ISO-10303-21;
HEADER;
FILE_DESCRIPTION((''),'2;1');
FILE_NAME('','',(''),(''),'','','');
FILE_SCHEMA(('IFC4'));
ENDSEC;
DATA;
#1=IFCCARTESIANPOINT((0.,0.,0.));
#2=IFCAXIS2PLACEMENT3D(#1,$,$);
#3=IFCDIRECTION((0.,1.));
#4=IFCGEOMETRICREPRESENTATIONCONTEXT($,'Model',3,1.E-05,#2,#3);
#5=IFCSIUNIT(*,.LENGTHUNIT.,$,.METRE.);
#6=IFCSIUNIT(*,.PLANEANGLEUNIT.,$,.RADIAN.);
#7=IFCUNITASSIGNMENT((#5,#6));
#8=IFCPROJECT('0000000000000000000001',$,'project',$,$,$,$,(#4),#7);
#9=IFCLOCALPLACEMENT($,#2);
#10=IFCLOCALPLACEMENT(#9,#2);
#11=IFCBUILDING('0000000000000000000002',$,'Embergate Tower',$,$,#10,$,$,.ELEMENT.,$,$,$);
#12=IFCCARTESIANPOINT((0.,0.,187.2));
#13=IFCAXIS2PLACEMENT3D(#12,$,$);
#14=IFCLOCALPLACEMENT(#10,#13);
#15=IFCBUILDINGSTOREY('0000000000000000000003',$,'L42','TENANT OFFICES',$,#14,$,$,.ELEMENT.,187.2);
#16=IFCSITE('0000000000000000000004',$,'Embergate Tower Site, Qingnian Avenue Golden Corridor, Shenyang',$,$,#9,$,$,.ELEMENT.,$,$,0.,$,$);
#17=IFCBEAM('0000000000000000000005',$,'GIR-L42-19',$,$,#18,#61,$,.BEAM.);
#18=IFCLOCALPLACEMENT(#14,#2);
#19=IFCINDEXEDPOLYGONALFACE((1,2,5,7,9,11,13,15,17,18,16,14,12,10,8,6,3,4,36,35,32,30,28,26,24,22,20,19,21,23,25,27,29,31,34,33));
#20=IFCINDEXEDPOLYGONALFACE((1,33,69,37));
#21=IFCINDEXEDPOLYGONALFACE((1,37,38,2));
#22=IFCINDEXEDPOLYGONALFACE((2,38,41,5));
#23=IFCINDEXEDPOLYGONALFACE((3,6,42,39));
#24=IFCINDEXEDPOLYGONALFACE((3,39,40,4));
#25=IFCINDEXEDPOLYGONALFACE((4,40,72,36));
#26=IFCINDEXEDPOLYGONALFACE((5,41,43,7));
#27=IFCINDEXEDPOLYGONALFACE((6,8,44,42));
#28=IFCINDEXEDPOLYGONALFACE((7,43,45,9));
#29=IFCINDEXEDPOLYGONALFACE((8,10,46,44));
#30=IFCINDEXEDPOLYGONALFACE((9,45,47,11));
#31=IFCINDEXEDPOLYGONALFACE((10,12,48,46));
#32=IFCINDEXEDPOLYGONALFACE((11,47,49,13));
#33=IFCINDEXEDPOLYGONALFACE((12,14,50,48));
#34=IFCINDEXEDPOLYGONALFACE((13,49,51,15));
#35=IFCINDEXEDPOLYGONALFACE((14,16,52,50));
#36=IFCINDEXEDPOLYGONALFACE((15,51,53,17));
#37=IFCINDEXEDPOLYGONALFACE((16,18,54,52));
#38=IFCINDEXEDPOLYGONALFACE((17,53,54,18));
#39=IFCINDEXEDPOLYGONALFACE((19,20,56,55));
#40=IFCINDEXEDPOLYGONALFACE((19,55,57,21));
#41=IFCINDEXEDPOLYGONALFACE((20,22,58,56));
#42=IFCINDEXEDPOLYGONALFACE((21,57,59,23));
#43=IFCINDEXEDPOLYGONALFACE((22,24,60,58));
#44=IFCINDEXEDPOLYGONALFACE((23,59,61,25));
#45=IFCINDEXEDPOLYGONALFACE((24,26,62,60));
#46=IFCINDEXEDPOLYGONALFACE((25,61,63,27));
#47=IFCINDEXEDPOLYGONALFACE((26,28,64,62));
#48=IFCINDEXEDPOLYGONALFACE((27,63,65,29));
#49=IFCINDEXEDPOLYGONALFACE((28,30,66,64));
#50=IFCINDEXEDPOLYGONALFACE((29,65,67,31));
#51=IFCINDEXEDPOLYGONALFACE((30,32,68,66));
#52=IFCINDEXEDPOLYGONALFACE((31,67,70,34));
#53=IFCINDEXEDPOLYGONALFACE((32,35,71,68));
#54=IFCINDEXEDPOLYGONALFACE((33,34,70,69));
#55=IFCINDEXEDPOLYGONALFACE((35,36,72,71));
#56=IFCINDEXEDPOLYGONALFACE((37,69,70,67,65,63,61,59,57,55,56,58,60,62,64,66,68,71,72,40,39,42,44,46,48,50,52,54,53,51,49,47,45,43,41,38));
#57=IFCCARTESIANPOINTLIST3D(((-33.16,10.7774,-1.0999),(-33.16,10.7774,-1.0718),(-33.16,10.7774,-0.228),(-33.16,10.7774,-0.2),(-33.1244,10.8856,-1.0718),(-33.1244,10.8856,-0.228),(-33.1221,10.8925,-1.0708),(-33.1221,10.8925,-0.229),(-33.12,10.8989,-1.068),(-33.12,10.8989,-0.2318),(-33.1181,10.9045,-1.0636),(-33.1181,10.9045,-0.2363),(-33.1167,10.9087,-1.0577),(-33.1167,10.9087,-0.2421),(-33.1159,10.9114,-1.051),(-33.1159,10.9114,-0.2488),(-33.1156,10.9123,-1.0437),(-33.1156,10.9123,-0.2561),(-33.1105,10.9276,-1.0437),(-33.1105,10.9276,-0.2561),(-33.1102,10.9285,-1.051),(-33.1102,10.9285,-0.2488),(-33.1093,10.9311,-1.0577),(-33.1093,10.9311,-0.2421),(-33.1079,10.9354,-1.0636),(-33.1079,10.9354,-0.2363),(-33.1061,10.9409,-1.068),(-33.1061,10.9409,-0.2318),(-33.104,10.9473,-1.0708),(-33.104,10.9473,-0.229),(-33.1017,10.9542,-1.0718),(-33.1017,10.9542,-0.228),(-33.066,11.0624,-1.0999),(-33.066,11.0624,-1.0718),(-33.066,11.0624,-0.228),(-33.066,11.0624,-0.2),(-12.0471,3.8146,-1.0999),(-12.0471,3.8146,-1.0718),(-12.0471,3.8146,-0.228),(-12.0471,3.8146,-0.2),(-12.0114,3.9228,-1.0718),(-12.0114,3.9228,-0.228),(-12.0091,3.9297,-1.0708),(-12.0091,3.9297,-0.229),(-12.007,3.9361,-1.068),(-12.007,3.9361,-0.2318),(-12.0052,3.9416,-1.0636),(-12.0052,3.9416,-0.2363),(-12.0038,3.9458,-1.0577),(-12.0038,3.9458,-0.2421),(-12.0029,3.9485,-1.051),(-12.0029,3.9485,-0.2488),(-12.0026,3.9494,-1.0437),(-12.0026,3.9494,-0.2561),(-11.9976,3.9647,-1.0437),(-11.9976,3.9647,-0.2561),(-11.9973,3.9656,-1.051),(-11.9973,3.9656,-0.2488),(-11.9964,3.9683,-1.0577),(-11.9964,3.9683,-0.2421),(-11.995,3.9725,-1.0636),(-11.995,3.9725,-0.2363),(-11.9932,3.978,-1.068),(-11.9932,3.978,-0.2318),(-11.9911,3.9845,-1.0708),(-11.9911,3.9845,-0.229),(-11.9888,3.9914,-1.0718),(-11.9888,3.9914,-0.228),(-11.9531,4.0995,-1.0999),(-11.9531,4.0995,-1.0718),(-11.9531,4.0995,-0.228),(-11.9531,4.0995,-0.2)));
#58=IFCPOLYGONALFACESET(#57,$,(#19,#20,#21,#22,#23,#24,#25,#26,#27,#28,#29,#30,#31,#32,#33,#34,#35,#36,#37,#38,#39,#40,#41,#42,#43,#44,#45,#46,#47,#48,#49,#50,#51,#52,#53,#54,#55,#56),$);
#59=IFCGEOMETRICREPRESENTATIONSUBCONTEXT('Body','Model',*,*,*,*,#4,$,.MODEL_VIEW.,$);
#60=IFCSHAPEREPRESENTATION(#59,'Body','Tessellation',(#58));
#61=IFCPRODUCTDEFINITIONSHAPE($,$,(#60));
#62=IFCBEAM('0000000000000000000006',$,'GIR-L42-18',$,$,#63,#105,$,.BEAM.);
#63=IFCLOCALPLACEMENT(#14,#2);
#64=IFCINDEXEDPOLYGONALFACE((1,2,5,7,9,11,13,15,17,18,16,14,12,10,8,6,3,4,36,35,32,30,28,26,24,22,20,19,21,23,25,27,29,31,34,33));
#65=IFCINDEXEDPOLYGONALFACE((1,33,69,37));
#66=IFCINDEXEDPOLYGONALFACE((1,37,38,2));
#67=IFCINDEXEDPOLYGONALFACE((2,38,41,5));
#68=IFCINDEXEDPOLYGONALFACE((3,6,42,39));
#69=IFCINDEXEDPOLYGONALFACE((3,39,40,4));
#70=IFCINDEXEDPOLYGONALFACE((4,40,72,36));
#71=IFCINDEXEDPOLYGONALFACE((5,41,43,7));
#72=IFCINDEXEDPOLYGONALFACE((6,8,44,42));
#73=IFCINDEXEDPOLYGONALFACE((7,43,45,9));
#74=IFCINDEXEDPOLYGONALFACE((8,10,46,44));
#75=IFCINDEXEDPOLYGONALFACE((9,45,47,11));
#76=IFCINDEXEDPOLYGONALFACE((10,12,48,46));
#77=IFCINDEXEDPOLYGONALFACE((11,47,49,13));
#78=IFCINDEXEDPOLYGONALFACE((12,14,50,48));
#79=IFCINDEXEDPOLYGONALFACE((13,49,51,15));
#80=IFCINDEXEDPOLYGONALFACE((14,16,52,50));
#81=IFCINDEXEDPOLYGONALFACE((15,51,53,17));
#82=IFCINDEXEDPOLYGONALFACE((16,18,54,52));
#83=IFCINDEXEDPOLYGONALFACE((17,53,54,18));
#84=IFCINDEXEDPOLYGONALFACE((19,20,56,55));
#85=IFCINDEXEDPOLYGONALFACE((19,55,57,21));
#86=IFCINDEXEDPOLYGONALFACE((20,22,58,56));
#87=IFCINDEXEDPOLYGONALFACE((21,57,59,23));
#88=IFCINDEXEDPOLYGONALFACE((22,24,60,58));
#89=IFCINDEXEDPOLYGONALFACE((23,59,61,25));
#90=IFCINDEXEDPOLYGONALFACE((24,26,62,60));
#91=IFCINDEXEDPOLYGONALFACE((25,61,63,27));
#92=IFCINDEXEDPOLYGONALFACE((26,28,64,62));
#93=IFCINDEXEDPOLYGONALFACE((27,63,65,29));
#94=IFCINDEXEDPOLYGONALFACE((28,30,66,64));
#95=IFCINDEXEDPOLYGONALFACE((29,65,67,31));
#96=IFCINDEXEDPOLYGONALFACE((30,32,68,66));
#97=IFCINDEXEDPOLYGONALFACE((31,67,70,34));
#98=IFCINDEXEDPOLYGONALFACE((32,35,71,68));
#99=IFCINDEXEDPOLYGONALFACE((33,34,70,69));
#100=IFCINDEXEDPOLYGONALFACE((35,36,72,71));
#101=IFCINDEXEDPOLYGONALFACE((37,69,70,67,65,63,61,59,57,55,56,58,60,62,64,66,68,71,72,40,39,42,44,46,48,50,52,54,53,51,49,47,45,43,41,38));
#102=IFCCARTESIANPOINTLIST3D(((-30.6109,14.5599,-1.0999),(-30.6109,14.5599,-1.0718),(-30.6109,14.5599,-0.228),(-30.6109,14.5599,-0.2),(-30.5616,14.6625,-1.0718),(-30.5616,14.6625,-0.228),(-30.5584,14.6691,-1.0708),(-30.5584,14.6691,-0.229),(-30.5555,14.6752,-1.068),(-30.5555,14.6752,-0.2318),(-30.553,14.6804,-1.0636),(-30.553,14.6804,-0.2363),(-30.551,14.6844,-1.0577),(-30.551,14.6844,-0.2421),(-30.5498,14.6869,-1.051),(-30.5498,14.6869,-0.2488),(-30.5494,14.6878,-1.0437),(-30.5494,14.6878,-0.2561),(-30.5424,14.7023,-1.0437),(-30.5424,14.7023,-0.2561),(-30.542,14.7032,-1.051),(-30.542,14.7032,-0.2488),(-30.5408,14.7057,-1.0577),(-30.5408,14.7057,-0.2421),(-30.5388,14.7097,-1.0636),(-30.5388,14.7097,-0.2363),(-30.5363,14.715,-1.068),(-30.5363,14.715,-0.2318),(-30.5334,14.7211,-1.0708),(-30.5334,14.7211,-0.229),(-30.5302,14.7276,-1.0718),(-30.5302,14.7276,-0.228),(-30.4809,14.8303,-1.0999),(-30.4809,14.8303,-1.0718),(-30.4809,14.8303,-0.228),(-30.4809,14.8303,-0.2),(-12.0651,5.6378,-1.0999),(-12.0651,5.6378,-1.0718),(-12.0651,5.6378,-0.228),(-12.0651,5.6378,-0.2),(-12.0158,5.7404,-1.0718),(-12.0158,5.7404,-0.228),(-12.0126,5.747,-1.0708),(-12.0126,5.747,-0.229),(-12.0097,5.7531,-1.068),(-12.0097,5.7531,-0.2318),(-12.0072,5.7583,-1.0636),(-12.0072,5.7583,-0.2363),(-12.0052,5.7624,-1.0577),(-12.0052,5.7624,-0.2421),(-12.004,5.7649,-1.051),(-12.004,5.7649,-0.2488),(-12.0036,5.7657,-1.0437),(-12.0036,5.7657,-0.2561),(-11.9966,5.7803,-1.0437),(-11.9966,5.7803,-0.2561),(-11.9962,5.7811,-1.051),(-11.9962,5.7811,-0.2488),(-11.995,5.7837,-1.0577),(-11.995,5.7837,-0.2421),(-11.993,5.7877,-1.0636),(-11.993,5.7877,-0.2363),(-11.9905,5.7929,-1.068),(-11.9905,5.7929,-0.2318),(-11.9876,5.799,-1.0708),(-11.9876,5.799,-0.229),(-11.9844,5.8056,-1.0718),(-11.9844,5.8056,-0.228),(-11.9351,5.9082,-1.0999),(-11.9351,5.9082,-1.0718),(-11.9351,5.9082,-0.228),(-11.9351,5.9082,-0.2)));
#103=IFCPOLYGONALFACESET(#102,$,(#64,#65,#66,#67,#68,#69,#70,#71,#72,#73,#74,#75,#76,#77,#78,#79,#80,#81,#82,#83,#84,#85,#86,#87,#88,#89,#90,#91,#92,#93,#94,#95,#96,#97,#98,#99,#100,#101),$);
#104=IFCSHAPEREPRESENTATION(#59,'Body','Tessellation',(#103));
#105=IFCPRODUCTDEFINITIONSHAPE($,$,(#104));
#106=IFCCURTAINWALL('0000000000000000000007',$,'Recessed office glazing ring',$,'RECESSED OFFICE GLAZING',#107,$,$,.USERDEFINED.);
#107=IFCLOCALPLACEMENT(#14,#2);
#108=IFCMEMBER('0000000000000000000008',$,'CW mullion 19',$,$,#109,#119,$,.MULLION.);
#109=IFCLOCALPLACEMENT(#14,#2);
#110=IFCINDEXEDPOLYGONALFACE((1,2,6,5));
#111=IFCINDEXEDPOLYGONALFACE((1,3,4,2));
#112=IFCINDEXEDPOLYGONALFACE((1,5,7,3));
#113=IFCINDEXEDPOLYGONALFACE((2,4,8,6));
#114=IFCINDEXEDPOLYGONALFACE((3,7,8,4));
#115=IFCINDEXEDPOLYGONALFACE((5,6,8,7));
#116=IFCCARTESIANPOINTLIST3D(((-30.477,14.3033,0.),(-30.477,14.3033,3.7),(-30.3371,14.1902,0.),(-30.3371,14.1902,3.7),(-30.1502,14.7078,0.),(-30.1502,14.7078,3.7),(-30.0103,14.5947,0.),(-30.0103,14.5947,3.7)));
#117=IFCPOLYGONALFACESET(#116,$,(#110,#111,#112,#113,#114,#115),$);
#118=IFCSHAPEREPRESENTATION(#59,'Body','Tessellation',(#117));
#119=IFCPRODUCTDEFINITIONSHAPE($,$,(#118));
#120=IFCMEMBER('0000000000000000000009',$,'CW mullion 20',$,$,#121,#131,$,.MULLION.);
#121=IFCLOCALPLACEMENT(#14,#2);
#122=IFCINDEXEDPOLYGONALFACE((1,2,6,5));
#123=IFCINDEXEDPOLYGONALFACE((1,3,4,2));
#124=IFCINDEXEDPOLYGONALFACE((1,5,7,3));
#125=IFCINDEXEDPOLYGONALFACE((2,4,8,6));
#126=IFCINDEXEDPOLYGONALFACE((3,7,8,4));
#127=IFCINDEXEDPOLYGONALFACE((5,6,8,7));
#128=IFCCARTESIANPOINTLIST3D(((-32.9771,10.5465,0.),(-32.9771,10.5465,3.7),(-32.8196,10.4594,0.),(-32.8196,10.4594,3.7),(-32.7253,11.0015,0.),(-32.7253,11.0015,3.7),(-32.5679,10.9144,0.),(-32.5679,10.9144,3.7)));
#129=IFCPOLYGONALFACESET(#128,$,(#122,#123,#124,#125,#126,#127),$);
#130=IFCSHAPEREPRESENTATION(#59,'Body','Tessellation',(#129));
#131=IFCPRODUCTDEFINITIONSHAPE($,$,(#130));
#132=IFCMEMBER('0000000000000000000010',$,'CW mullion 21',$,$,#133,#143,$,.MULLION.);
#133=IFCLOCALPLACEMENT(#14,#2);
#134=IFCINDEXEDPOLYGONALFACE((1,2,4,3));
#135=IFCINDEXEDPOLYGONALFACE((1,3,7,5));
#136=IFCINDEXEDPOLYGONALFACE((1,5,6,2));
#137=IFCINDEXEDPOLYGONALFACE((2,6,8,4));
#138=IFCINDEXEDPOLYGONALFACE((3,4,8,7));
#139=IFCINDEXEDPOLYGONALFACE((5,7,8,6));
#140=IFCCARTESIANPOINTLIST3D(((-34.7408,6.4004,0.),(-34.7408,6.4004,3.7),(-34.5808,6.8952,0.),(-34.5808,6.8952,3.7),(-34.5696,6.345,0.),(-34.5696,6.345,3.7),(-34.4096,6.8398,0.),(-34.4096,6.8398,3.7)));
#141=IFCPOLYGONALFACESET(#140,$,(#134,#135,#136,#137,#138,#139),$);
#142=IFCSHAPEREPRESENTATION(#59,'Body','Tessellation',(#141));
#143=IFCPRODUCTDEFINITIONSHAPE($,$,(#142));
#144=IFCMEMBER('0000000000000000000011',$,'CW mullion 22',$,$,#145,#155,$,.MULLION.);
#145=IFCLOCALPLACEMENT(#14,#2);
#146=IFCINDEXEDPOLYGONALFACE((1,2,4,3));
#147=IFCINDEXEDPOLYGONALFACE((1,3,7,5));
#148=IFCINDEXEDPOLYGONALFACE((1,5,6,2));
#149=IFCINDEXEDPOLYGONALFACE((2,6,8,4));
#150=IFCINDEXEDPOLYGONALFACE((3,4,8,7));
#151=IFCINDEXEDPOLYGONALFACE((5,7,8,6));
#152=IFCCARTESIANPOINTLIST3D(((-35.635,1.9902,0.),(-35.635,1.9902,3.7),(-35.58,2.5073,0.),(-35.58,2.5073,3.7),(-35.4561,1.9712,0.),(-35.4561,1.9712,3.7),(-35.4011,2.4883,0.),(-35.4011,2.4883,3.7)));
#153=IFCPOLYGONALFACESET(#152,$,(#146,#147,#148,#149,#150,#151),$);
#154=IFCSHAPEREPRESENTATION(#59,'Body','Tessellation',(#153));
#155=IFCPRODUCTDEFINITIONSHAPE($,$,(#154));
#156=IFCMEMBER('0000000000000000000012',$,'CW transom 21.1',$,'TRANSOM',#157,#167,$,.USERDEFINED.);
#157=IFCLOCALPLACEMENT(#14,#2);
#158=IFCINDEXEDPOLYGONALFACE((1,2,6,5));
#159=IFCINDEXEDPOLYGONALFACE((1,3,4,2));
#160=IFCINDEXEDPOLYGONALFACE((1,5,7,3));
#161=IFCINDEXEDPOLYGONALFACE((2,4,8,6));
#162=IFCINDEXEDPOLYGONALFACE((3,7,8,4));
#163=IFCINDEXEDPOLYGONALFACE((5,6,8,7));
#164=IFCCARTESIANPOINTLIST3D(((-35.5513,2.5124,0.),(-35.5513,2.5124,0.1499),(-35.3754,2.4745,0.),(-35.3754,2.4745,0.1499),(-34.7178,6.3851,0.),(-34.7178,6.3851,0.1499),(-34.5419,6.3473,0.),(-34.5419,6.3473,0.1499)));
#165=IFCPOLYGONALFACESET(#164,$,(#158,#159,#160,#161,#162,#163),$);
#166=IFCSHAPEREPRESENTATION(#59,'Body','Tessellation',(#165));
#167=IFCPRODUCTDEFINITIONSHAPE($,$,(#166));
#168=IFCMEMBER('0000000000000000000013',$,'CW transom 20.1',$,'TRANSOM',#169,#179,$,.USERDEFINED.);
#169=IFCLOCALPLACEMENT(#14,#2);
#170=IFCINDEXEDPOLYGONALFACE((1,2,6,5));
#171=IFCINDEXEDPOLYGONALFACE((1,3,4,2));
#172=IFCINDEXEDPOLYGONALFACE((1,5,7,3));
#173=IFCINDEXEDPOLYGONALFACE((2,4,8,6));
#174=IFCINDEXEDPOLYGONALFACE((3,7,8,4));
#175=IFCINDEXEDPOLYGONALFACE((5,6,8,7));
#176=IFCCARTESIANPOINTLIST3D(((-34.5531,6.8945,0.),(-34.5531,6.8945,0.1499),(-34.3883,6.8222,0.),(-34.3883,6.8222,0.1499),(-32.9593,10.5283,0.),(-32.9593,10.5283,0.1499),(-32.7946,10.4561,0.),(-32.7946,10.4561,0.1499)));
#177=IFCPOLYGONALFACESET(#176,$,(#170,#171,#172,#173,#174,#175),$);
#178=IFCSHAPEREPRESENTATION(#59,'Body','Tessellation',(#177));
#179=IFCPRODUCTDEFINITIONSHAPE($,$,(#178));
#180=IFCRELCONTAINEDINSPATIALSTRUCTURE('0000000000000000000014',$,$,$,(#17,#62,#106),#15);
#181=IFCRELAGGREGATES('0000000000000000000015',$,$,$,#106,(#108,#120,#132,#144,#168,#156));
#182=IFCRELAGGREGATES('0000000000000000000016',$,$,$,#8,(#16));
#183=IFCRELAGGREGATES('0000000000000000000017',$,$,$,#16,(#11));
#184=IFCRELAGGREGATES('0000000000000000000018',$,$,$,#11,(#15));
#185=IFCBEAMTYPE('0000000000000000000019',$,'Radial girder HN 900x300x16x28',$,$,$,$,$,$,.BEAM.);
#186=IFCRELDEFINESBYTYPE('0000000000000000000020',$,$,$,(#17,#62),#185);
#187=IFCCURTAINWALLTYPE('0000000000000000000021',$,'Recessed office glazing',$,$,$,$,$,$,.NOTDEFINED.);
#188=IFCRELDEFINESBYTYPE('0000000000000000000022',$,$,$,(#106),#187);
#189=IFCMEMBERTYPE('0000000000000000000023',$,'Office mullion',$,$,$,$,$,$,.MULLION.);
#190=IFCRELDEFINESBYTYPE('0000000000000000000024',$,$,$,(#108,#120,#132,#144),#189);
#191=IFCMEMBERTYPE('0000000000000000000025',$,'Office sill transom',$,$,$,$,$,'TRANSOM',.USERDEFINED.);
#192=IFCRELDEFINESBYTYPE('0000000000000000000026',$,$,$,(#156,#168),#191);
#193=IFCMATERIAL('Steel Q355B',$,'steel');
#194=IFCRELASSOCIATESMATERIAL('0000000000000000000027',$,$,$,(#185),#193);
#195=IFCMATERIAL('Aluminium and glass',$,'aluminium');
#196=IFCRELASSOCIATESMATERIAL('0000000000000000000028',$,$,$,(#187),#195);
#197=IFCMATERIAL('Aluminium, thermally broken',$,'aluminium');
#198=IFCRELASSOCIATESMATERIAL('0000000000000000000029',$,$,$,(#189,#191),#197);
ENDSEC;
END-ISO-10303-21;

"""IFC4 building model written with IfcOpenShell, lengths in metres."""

from ifc_helpers import new_model, si_unit, direction, frame, origin, origin_2d, place, context, subcontext, project, spatial, rectangle, i_section, extrude, source, transform, mapped, material, material_profile, profile_set, type_object, element, aggregate, save


model = new_model("IFC4")

# Units and contexts
model_context = context("Model", 3, precision=1e-05, world=origin(), true_north=direction((0.0, 1.0)))
body_context = subcontext(model_context, "Body", "Model", "MODEL_VIEW")
ifc_project = project(units=[si_unit("LENGTHUNIT", "METRE"), si_unit("PLANEANGLEUNIT", "RADIAN")], contexts=[model_context])

# Site, building, storey
site_placement = place(None, origin())
site = spatial("IfcSite", under=ifc_project, at=site_placement, Name="Embergate Tower Site, Qingnian Avenue Golden Corridor, Shenyang", CompositionType="ELEMENT", RefElevation=0.0)
building_placement = place(site_placement, origin())
building = spatial("IfcBuilding", under=site, at=building_placement, Name="Embergate Tower", CompositionType="ELEMENT")
storey_placement = place(building_placement, frame((0.0, 0.0, 187.2)))
storey = spatial("IfcBuildingStorey", under=building, at=storey_placement, Name="L42", Description="TENANT OFFICES", CompositionType="ELEMENT", Elevation=187.2)

# Beams
ifc_material_1 = material(Name="Steel Q355B", Category="steel")
ifc_material_profile_1 = material_profile(ifc_material_1, i_section(OverallWidth=0.3, OverallDepth=0.8999, WebThickness=0.0161, FlangeThickness=0.0281, FilletRadius=0.0281, at=origin_2d()), Name="HN 900x300x16x28")
ifc_profile_set_1 = profile_set([ifc_material_profile_1], Name="Steel Q355 grade B")
beam_type_1 = type_object("IfcBeamType", Name="Radial girder HN 900x300x16x28", PredefinedType="BEAM", material=ifc_profile_set_1)
shared_shape_1 = source(origin(), body_context, "Body", "SweptSolid", [
    extrude(i_section(OverallWidth=0.3, OverallDepth=0.8999, WebThickness=0.0161, FlangeThickness=0.0281, FilletRadius=0.0281, at=origin_2d()), origin(), (0.0, 0.0, 1.0), 22.2314),
])
beam_1_placement = place(storey_placement, frame((-33.113, 10.9199, -0.6499), z_axis=(0.949688, -0.313198, 0.0), x_axis=(0.313198, 0.949688, 0.0)))
element("IfcBeam", 1, at=beam_1_placement, inside=storey, type_object=beam_type_1, Name="GIR-L42-19", PredefinedType="BEAM", context=body_context, shape_type="MappedRepresentation", body=[
    mapped(shared_shape_1, transform((0.0, 0.0, 0.0))),
])
shared_shape_2 = source(origin(), body_context, "Body", "SweptSolid", [
    extrude(i_section(OverallWidth=0.3, OverallDepth=0.8999, WebThickness=0.0161, FlangeThickness=0.0281, FilletRadius=0.0281, at=origin_2d()), origin(), (0.0, 0.0, 1.0), 20.5803),
])
beam_2_placement = place(storey_placement, frame((-30.5459, 14.6951, -0.6499), z_axis=(0.901142, -0.433524, 0.0), x_axis=(0.433524, 0.901142, 0.0)))
element("IfcBeam", 2, at=beam_2_placement, inside=storey, type_object=beam_type_1, Name="GIR-L42-18", PredefinedType="BEAM", context=body_context, shape_type="MappedRepresentation", body=[
    mapped(shared_shape_2, transform((0.0, 0.0, 0.0))),
])

# Curtain wall, members
ifc_material_2 = material(Name="Aluminium and glass", Category="aluminium")
curtain_wall_type = type_object("IfcCurtainWallType", Name="Recessed office glazing", PredefinedType="NOTDEFINED", material=ifc_material_2)
curtain_wall_placement = place(storey_placement, origin())
curtain_wall = element("IfcCurtainWall", 3, at=curtain_wall_placement, inside=storey, type_object=curtain_wall_type, Name="Recessed office glazing ring", ObjectType="RECESSED OFFICE GLAZING", PredefinedType="USERDEFINED")
ifc_material_3 = material(Name="Aluminium, thermally broken", Category="aluminium")
ifc_material_profile_2 = material_profile(ifc_material_3, rectangle(XDim=0.1799, YDim=0.52, at=origin_2d()), Name="AL 520x180")
ifc_profile_set_2 = profile_set([ifc_material_profile_2], Name="Aluminium, thermally broken")
member_type_1 = type_object("IfcMemberType", Name="Office mullion", PredefinedType="MULLION", material=ifc_profile_set_2)
shared_shape_3 = source(origin(), body_context, "Body", "SweptSolid", [
    extrude(rectangle(XDim=0.1799, YDim=0.52, at=origin_2d()), origin(), (0.0, 0.0, 1.0), 3.7),
])
member_1_placement = place(storey_placement, frame((-30.2437, 14.449, 0.0), z_axis=(0.0, 0.0, 1.0), x_axis=(0.777874, -0.628421, 0.0)))
member_1 = element("IfcMember", 4, at=member_1_placement, type_object=member_type_1, Name="CW mullion 19", PredefinedType="MULLION", context=body_context, shape_type="MappedRepresentation", body=[
    mapped(shared_shape_3, transform((0.0, 0.0, 0.0))),
])
member_2_placement = place(storey_placement, frame((-32.7725, 10.7305, 0.0), z_axis=(0.0, 0.0, 1.0), x_axis=(0.875003, -0.484118, 0.0)))
member_2 = element("IfcMember", 5, at=member_2_placement, type_object=member_type_1, Name="CW mullion 20", PredefinedType="MULLION", context=body_context, shape_type="MappedRepresentation", body=[
    mapped(shared_shape_3, transform((0.0, 0.0, 0.0))),
])
member_3_placement = place(storey_placement, frame((-34.5752, 6.6201, 0.0), z_axis=(0.0, 0.0, 1.0), x_axis=(0.951498, -0.307656, 0.0)))
member_3 = element("IfcMember", 6, at=member_3_placement, type_object=member_type_1, Name="CW mullion 21", PredefinedType="MULLION", context=body_context, shape_type="MappedRepresentation", body=[
    mapped(shared_shape_3, transform((0.0, 0.0, 0.0))),
])
member_4_placement = place(storey_placement, frame((-35.5181, 2.2393, 0.0), z_axis=(0.0, 0.0, 1.0), x_axis=(0.994385, -0.105823, 0.0)))
member_4 = element("IfcMember", 7, at=member_4_placement, type_object=member_type_1, Name="CW mullion 22", PredefinedType="MULLION", context=body_context, shape_type="MappedRepresentation", body=[
    mapped(shared_shape_3, transform((0.0, 0.0, 0.0))),
])
ifc_material_profile_3 = material_profile(ifc_material_3, rectangle(XDim=0.1799, YDim=0.1499, at=origin_2d()), Name="AL 150x180")
ifc_profile_set_3 = profile_set([ifc_material_profile_3], Name="Aluminium, thermally broken")
member_type_2 = type_object("IfcMemberType", Name="Office sill transom", ElementType="TRANSOM", PredefinedType="USERDEFINED", material=ifc_profile_set_3)
shared_shape_4 = source(origin(), body_context, "Body", "SweptSolid", [
    extrude(rectangle(XDim=0.1799, YDim=0.1499, at=origin_2d()), origin(), (0.0, 0.0, 1.0), 3.9614),
])
member_5_placement = place(storey_placement, frame((-34.6299, 6.3662, 0.075), z_axis=(-0.2104, -0.977615, 0.0), x_axis=(0.977615, -0.2104, 0.0)))
member_5 = element("IfcMember", 8, at=member_5_placement, type_object=member_type_2, Name="CW transom 21.1", ObjectType="TRANSOM", PredefinedType="USERDEFINED", context=body_context, shape_type="MappedRepresentation", body=[
    mapped(shared_shape_4, transform((0.0, 0.0, 0.0))),
])
shared_shape_5 = source(origin(), body_context, "Body", "SweptSolid", [
    extrude(rectangle(XDim=0.1799, YDim=0.1499, at=origin_2d()), origin(), (0.0, 0.0, 1.0), 3.968),
])
member_6_placement = place(storey_placement, frame((-32.877, 10.4922, 0.075), z_axis=(-0.401658, -0.91579, 0.0), x_axis=(0.91579, -0.401658, 0.0)))
member_6 = element("IfcMember", 9, at=member_6_placement, type_object=member_type_2, Name="CW transom 20.1", ObjectType="TRANSOM", PredefinedType="USERDEFINED", context=body_context, shape_type="MappedRepresentation", body=[
    mapped(shared_shape_5, transform((0.0, 0.0, 0.0))),
])
aggregate(curtain_wall, [member_1, member_2, member_3, member_4, member_6, member_5])

save(model, "model.ifc")
